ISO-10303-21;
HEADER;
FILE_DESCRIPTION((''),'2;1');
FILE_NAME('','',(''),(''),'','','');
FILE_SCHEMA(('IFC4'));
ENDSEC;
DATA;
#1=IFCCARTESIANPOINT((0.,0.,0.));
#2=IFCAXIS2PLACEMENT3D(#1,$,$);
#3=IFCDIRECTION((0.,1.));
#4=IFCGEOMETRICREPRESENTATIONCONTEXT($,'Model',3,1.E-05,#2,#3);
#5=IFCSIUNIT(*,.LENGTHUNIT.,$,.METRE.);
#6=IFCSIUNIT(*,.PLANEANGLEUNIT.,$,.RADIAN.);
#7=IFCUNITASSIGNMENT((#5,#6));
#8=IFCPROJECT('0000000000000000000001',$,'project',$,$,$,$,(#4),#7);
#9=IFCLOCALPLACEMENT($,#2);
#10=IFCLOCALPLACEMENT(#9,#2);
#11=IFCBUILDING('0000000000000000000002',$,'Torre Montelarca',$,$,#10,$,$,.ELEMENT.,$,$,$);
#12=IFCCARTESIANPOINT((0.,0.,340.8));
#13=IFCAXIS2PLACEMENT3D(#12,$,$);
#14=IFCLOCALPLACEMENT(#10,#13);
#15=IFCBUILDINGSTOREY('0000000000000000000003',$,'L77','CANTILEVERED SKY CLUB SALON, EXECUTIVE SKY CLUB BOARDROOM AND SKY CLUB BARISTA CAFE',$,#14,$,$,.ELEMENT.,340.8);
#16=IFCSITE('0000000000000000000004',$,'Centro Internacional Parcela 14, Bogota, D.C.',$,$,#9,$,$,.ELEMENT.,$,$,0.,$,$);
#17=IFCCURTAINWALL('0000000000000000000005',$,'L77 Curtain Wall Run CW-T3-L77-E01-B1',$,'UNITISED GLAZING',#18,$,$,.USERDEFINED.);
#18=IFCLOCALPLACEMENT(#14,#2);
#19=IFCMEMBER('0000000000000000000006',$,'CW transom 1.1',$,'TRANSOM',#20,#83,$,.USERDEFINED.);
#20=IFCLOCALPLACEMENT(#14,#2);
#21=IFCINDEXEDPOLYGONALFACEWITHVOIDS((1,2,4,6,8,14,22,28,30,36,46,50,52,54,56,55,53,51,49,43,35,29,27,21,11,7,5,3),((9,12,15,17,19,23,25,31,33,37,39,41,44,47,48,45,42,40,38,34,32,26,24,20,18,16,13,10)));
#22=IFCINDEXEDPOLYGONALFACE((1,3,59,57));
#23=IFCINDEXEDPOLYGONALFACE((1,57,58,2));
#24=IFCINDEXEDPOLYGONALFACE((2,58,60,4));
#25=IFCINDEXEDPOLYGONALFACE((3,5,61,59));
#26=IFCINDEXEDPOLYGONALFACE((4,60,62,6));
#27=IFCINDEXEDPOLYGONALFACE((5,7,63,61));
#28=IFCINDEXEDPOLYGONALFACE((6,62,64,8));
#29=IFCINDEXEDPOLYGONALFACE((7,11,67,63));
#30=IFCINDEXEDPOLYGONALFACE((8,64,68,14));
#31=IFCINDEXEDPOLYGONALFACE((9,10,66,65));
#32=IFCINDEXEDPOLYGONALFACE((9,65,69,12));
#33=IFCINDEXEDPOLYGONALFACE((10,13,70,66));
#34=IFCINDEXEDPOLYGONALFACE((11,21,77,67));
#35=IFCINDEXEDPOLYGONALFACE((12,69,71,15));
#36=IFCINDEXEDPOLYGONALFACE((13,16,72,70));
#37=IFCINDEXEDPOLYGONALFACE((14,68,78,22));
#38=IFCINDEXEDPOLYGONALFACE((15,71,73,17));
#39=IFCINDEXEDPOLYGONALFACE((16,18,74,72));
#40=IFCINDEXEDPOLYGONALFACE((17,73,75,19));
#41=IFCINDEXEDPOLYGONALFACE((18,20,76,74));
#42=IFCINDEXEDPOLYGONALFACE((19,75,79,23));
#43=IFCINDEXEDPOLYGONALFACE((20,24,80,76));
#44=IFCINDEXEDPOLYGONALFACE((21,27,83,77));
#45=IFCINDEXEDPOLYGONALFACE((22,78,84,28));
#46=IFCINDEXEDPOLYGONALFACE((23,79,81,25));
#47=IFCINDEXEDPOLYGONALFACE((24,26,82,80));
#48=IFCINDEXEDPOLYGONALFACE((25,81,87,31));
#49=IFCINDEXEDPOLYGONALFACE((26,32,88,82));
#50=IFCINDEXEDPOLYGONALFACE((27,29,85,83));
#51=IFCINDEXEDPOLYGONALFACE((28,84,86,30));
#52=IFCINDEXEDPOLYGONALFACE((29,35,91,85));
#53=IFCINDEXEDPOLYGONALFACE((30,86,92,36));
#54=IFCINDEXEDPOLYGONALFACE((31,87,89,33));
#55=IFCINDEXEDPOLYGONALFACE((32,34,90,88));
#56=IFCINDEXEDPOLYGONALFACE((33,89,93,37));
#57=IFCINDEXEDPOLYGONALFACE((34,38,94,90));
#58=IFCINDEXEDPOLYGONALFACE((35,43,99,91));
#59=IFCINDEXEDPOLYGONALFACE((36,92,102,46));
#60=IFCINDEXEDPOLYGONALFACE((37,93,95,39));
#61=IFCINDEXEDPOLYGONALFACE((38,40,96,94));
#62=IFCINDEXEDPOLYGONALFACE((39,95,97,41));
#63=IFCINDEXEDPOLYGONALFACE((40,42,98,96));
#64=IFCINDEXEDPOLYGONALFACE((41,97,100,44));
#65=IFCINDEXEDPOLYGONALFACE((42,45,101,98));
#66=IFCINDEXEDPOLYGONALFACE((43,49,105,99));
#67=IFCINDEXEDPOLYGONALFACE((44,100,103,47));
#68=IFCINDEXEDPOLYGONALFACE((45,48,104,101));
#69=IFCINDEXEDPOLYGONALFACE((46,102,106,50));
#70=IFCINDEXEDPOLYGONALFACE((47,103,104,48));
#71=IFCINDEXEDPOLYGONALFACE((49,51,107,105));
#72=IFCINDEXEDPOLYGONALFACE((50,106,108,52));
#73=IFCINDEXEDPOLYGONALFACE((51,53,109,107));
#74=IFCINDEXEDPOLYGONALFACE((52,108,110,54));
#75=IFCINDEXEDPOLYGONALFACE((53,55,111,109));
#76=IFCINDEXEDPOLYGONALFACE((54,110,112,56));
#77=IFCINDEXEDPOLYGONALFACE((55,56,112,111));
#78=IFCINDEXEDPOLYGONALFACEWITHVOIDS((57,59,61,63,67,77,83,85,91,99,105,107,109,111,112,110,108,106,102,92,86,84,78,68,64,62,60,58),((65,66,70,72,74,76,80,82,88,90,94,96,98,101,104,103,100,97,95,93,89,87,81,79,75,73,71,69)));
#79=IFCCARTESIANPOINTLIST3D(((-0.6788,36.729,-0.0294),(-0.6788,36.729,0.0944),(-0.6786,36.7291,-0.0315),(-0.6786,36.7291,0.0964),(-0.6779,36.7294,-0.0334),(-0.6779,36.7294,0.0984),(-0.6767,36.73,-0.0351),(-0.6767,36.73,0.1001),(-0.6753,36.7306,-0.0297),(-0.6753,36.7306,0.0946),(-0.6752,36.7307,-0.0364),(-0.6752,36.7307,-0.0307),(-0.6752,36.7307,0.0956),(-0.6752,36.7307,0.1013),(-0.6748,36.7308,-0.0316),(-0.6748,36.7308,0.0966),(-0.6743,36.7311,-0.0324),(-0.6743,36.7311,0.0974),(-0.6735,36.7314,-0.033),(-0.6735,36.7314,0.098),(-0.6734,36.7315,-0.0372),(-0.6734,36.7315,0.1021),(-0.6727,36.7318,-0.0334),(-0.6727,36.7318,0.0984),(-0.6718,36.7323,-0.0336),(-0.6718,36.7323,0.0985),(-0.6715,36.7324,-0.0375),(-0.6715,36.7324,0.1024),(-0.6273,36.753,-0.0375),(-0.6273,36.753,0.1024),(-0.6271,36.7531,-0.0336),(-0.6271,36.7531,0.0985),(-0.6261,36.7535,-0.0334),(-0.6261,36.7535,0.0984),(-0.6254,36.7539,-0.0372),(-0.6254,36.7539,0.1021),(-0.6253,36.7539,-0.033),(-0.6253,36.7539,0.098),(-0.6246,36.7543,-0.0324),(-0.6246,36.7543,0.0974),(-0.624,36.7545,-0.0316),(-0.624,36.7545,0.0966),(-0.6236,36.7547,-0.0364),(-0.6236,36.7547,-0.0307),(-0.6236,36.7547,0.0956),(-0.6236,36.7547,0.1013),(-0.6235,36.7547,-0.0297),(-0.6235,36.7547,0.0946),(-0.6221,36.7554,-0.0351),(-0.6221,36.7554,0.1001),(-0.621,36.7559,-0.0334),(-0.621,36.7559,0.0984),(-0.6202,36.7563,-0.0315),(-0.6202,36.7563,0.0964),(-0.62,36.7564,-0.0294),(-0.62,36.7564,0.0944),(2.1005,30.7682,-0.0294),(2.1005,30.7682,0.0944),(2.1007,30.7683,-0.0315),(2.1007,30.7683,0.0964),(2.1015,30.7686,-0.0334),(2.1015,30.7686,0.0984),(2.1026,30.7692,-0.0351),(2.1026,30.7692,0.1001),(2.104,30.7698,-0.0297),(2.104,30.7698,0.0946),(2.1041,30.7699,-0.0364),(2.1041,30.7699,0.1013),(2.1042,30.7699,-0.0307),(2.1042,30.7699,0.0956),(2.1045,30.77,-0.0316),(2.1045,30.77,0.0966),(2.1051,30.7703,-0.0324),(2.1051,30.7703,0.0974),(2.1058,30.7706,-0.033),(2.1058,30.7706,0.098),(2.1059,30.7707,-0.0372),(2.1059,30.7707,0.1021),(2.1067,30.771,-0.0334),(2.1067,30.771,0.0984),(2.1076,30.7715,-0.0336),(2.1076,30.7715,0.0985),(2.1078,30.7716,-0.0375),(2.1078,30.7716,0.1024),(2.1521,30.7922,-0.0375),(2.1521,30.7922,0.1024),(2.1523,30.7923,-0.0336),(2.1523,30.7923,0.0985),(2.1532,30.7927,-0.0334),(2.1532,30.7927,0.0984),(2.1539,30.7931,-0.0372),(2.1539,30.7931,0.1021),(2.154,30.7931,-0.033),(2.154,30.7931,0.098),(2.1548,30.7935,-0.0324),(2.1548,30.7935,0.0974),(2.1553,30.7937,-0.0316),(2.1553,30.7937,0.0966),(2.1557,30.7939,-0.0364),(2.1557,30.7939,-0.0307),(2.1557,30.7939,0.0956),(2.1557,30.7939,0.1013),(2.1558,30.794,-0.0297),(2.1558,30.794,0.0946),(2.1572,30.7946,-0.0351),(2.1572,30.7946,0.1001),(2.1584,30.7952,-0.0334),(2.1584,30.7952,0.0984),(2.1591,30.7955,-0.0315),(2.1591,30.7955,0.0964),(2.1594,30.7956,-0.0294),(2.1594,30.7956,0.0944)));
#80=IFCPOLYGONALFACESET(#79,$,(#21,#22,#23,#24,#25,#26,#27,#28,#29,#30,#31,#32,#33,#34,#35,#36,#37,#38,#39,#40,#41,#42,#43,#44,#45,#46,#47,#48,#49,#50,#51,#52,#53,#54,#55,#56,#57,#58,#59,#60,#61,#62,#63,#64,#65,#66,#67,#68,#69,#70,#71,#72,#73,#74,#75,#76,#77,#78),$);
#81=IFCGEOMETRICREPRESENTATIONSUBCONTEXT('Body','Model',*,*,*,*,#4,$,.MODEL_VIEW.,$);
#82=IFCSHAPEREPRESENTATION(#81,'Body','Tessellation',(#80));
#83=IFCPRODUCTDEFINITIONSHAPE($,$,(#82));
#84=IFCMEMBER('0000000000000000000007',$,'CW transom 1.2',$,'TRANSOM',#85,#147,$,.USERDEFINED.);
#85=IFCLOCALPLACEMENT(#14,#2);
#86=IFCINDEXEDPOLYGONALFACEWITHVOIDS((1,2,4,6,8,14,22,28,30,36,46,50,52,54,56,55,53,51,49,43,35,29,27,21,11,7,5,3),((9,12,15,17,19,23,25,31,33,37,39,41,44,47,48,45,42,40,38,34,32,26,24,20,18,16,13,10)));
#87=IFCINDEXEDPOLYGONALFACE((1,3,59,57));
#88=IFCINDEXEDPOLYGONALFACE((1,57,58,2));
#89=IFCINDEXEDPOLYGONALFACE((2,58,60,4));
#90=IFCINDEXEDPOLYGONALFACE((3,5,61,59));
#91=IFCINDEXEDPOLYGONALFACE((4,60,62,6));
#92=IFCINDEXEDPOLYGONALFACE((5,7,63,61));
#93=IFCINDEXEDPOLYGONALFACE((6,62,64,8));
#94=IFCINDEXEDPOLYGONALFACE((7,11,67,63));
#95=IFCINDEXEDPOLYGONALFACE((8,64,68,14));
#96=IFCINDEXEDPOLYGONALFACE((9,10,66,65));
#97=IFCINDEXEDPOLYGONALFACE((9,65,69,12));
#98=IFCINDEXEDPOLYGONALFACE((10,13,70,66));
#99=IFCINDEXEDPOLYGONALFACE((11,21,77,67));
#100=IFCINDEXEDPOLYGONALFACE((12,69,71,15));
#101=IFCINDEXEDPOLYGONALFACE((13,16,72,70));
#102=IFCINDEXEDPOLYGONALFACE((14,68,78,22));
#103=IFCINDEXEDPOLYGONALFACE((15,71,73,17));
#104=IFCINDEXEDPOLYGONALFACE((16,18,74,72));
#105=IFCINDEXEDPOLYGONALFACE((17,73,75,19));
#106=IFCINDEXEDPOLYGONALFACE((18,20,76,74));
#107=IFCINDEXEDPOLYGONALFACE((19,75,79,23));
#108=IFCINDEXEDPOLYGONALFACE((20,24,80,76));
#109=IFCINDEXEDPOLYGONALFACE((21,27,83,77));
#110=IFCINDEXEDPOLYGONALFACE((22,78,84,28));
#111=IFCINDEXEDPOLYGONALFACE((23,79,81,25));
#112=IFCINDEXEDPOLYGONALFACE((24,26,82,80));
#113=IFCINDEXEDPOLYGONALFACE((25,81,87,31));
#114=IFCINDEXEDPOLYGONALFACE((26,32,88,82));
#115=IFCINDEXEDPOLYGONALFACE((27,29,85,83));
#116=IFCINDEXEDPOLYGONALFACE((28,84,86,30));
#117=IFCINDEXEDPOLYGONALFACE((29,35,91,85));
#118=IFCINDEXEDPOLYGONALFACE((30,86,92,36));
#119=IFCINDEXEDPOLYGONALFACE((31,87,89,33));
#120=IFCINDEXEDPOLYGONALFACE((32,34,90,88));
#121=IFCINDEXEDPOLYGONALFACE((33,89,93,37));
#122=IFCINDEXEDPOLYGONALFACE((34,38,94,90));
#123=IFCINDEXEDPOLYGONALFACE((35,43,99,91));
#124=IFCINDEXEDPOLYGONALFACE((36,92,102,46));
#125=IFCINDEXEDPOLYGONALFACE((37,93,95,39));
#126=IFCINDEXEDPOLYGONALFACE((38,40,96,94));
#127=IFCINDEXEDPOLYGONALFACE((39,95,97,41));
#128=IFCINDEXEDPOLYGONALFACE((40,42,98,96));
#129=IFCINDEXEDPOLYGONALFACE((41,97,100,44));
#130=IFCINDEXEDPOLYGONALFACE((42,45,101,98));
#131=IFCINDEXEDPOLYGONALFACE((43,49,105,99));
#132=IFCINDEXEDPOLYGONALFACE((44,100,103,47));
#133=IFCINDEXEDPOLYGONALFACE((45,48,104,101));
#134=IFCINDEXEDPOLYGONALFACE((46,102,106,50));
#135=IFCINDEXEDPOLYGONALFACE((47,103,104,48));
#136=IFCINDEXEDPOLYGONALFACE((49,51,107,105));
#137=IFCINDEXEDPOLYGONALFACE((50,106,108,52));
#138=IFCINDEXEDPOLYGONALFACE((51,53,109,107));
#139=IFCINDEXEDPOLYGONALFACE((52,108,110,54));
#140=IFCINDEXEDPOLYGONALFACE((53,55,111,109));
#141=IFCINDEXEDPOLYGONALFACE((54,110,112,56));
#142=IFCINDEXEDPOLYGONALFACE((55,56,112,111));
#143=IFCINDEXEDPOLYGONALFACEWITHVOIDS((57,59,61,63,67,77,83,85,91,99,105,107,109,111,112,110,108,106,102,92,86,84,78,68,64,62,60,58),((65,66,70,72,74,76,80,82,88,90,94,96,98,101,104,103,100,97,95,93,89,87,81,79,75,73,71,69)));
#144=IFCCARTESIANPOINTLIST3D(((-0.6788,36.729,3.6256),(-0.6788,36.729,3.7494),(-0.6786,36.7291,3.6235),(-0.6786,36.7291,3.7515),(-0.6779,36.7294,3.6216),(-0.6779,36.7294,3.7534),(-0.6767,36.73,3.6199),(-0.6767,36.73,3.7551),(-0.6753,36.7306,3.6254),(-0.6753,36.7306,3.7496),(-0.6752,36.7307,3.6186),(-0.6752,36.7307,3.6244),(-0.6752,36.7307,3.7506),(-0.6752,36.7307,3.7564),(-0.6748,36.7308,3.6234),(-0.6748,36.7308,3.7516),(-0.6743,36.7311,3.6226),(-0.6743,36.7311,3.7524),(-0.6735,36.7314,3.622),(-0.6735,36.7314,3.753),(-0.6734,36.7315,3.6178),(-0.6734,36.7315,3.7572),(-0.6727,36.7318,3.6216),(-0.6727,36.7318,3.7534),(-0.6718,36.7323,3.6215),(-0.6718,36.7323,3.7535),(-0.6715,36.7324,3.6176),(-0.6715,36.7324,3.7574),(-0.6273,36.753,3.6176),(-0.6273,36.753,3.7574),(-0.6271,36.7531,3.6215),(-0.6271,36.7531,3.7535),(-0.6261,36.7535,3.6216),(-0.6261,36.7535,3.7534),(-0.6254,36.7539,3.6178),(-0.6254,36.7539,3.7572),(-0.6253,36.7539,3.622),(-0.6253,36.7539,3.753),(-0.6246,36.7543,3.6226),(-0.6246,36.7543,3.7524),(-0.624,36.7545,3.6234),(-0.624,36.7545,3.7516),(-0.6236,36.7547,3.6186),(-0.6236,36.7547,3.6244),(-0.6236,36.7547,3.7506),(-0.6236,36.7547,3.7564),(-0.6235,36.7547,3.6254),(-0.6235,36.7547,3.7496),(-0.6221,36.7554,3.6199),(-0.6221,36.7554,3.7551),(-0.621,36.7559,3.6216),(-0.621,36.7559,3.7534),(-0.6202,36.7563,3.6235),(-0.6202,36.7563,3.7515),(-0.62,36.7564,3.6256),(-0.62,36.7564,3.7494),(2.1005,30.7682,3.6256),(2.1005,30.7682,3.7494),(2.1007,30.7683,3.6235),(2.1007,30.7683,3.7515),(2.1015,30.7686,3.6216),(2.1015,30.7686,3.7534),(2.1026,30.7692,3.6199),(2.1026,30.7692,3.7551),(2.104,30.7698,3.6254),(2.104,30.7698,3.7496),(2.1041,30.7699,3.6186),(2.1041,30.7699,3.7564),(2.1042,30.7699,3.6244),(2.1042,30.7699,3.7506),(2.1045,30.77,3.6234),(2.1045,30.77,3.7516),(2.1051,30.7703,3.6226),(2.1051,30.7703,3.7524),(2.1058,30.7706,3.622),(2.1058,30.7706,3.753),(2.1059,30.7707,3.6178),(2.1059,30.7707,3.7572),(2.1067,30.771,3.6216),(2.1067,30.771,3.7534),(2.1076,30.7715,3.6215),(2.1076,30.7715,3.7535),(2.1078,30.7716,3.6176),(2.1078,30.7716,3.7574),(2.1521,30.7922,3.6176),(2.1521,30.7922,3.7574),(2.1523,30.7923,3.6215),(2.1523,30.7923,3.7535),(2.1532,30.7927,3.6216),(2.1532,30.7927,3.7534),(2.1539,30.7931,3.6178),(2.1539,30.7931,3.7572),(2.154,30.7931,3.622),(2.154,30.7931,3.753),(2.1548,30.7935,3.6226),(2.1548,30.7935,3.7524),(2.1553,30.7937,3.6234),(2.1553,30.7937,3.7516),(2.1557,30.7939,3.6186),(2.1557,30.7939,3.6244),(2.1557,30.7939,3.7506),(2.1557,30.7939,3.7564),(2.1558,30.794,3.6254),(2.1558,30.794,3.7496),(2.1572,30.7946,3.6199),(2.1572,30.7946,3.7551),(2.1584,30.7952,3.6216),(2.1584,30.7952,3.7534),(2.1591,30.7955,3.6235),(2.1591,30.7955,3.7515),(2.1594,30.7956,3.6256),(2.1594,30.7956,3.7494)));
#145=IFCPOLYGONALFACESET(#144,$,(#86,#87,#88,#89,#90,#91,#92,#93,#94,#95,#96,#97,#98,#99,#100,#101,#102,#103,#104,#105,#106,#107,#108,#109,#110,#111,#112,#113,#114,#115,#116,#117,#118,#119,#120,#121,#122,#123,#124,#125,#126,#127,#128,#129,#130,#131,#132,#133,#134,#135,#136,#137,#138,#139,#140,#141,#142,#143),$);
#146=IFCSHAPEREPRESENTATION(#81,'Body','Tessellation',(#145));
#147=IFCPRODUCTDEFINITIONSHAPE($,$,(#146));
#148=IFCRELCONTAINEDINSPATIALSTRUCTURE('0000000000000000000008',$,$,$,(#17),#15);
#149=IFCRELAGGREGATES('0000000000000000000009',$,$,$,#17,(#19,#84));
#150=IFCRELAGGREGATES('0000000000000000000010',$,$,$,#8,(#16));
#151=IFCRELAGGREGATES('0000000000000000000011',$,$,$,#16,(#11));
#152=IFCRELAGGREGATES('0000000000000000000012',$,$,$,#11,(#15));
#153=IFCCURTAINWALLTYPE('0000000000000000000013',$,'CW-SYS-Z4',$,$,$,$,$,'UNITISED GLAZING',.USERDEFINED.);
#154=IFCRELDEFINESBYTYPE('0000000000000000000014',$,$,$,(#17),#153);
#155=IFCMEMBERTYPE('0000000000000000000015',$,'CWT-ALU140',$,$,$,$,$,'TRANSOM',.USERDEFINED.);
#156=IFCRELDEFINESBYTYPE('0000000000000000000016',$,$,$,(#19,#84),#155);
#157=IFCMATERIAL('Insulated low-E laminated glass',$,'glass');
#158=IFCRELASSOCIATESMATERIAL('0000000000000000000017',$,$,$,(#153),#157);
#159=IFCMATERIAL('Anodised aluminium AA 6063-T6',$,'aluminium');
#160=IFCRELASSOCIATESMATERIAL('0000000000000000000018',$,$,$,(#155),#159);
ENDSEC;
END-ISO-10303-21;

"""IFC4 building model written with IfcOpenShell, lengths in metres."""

from ifc_helpers import new_model, si_unit, direction, frame, origin, origin_2d, place, context, subcontext, project, spatial, hollow_rectangle, extrude, source, transform, mapped, material, material_profile, profile_set, type_object, element, aggregate, save


model = new_model("IFC4")

# Units and contexts
model_context = context("Model", 3, precision=1e-05, world=origin(), true_north=direction((0.0, 1.0)))
body_context = subcontext(model_context, "Body", "Model", "MODEL_VIEW")
ifc_project = project(units=[si_unit("LENGTHUNIT", "METRE"), si_unit("PLANEANGLEUNIT", "RADIAN")], contexts=[model_context])

# Site, building, storey
site_placement = place(None, origin())
site = spatial("IfcSite", under=ifc_project, at=site_placement, Name="Centro Internacional Parcela 14, Bogota, D.C.", CompositionType="ELEMENT", RefElevation=0.0)
building_placement = place(site_placement, origin())
building = spatial("IfcBuilding", under=site, at=building_placement, Name="Torre Montelarca", CompositionType="ELEMENT")
storey_placement = place(building_placement, frame((0.0, 0.0, 340.8)))
storey = spatial("IfcBuildingStorey", under=building, at=storey_placement, Name="L77", Description="CANTILEVERED SKY CLUB SALON, EXECUTIVE SKY CLUB BOARDROOM AND SKY CLUB BARISTA CAFE", CompositionType="ELEMENT", Elevation=340.8)

# Curtain wall
ifc_material_1 = material(Name="Insulated low-E laminated glass", Category="glass")
curtain_wall_type = type_object("IfcCurtainWallType", Name="CW-SYS-Z4", ElementType="UNITISED GLAZING", PredefinedType="USERDEFINED", material=ifc_material_1)
curtain_wall_1_placement = place(storey_placement, origin())
curtain_wall_1 = element("IfcCurtainWall", 1, at=curtain_wall_1_placement, inside=storey, type_object=curtain_wall_type, Name="L77 Curtain Wall Run CW-T3-L77-E01-B1", ObjectType="UNITISED GLAZING", PredefinedType="USERDEFINED")
ifc_material_2 = material(Name="Anodised aluminium AA 6063-T6", Category="aluminium")
ifc_material_profile_1 = material_profile(ifc_material_2, hollow_rectangle(XDim=0.0649, YDim=0.1399, WallThickness=0.0039, InnerFilletRadius=0.0039, OuterFilletRadius=0.0081, at=origin_2d()), Name="ALU65X140X4", Category="aluminium")
ifc_profile_set_1 = profile_set([ifc_material_profile_1], Name="Anodised aluminium AA 6063-T6")
member_type_1 = type_object("IfcMemberType", Name="CWT-ALU140", ElementType="TRANSOM", PredefinedType="USERDEFINED", material=ifc_profile_set_1)

# Members
shared_shape_1 = source(origin(), body_context, "Body", "SweptSolid", [
    extrude(hollow_rectangle(XDim=0.0649, YDim=0.1399, WallThickness=0.0039, InnerFilletRadius=0.0039, OuterFilletRadius=0.0081, at=origin_2d()), origin(), (0.0, 0.0, 1.0), 6.5769),
])
member_1_placement = place(storey_placement, frame((-0.6494, 36.7427, 0.0325), z_axis=(0.422591, -0.906321, 0.0), x_axis=(0.906321, 0.422591, 0.0)))
member_1 = element("IfcMember", 2, at=member_1_placement, type_object=member_type_1, Name="CW transom 1.1", ObjectType="TRANSOM", PredefinedType="USERDEFINED", context=body_context, shape_type="MappedRepresentation", body=[
    mapped(shared_shape_1, transform((0.0, 0.0, 0.0), scale=1.0)),
])
member_2_placement = place(storey_placement, frame((-0.6494, 36.7427, 3.6875), z_axis=(0.422591, -0.906321, 0.0), x_axis=(0.906321, 0.422591, 0.0)))
member_2 = element("IfcMember", 3, at=member_2_placement, type_object=member_type_1, Name="CW transom 1.2", ObjectType="TRANSOM", PredefinedType="USERDEFINED", context=body_context, shape_type="MappedRepresentation", body=[
    mapped(shared_shape_1, transform((0.0, 0.0, 0.0), scale=1.0)),
])

aggregate(curtain_wall_1, [member_1, member_2])

save(model, "model.ifc")
